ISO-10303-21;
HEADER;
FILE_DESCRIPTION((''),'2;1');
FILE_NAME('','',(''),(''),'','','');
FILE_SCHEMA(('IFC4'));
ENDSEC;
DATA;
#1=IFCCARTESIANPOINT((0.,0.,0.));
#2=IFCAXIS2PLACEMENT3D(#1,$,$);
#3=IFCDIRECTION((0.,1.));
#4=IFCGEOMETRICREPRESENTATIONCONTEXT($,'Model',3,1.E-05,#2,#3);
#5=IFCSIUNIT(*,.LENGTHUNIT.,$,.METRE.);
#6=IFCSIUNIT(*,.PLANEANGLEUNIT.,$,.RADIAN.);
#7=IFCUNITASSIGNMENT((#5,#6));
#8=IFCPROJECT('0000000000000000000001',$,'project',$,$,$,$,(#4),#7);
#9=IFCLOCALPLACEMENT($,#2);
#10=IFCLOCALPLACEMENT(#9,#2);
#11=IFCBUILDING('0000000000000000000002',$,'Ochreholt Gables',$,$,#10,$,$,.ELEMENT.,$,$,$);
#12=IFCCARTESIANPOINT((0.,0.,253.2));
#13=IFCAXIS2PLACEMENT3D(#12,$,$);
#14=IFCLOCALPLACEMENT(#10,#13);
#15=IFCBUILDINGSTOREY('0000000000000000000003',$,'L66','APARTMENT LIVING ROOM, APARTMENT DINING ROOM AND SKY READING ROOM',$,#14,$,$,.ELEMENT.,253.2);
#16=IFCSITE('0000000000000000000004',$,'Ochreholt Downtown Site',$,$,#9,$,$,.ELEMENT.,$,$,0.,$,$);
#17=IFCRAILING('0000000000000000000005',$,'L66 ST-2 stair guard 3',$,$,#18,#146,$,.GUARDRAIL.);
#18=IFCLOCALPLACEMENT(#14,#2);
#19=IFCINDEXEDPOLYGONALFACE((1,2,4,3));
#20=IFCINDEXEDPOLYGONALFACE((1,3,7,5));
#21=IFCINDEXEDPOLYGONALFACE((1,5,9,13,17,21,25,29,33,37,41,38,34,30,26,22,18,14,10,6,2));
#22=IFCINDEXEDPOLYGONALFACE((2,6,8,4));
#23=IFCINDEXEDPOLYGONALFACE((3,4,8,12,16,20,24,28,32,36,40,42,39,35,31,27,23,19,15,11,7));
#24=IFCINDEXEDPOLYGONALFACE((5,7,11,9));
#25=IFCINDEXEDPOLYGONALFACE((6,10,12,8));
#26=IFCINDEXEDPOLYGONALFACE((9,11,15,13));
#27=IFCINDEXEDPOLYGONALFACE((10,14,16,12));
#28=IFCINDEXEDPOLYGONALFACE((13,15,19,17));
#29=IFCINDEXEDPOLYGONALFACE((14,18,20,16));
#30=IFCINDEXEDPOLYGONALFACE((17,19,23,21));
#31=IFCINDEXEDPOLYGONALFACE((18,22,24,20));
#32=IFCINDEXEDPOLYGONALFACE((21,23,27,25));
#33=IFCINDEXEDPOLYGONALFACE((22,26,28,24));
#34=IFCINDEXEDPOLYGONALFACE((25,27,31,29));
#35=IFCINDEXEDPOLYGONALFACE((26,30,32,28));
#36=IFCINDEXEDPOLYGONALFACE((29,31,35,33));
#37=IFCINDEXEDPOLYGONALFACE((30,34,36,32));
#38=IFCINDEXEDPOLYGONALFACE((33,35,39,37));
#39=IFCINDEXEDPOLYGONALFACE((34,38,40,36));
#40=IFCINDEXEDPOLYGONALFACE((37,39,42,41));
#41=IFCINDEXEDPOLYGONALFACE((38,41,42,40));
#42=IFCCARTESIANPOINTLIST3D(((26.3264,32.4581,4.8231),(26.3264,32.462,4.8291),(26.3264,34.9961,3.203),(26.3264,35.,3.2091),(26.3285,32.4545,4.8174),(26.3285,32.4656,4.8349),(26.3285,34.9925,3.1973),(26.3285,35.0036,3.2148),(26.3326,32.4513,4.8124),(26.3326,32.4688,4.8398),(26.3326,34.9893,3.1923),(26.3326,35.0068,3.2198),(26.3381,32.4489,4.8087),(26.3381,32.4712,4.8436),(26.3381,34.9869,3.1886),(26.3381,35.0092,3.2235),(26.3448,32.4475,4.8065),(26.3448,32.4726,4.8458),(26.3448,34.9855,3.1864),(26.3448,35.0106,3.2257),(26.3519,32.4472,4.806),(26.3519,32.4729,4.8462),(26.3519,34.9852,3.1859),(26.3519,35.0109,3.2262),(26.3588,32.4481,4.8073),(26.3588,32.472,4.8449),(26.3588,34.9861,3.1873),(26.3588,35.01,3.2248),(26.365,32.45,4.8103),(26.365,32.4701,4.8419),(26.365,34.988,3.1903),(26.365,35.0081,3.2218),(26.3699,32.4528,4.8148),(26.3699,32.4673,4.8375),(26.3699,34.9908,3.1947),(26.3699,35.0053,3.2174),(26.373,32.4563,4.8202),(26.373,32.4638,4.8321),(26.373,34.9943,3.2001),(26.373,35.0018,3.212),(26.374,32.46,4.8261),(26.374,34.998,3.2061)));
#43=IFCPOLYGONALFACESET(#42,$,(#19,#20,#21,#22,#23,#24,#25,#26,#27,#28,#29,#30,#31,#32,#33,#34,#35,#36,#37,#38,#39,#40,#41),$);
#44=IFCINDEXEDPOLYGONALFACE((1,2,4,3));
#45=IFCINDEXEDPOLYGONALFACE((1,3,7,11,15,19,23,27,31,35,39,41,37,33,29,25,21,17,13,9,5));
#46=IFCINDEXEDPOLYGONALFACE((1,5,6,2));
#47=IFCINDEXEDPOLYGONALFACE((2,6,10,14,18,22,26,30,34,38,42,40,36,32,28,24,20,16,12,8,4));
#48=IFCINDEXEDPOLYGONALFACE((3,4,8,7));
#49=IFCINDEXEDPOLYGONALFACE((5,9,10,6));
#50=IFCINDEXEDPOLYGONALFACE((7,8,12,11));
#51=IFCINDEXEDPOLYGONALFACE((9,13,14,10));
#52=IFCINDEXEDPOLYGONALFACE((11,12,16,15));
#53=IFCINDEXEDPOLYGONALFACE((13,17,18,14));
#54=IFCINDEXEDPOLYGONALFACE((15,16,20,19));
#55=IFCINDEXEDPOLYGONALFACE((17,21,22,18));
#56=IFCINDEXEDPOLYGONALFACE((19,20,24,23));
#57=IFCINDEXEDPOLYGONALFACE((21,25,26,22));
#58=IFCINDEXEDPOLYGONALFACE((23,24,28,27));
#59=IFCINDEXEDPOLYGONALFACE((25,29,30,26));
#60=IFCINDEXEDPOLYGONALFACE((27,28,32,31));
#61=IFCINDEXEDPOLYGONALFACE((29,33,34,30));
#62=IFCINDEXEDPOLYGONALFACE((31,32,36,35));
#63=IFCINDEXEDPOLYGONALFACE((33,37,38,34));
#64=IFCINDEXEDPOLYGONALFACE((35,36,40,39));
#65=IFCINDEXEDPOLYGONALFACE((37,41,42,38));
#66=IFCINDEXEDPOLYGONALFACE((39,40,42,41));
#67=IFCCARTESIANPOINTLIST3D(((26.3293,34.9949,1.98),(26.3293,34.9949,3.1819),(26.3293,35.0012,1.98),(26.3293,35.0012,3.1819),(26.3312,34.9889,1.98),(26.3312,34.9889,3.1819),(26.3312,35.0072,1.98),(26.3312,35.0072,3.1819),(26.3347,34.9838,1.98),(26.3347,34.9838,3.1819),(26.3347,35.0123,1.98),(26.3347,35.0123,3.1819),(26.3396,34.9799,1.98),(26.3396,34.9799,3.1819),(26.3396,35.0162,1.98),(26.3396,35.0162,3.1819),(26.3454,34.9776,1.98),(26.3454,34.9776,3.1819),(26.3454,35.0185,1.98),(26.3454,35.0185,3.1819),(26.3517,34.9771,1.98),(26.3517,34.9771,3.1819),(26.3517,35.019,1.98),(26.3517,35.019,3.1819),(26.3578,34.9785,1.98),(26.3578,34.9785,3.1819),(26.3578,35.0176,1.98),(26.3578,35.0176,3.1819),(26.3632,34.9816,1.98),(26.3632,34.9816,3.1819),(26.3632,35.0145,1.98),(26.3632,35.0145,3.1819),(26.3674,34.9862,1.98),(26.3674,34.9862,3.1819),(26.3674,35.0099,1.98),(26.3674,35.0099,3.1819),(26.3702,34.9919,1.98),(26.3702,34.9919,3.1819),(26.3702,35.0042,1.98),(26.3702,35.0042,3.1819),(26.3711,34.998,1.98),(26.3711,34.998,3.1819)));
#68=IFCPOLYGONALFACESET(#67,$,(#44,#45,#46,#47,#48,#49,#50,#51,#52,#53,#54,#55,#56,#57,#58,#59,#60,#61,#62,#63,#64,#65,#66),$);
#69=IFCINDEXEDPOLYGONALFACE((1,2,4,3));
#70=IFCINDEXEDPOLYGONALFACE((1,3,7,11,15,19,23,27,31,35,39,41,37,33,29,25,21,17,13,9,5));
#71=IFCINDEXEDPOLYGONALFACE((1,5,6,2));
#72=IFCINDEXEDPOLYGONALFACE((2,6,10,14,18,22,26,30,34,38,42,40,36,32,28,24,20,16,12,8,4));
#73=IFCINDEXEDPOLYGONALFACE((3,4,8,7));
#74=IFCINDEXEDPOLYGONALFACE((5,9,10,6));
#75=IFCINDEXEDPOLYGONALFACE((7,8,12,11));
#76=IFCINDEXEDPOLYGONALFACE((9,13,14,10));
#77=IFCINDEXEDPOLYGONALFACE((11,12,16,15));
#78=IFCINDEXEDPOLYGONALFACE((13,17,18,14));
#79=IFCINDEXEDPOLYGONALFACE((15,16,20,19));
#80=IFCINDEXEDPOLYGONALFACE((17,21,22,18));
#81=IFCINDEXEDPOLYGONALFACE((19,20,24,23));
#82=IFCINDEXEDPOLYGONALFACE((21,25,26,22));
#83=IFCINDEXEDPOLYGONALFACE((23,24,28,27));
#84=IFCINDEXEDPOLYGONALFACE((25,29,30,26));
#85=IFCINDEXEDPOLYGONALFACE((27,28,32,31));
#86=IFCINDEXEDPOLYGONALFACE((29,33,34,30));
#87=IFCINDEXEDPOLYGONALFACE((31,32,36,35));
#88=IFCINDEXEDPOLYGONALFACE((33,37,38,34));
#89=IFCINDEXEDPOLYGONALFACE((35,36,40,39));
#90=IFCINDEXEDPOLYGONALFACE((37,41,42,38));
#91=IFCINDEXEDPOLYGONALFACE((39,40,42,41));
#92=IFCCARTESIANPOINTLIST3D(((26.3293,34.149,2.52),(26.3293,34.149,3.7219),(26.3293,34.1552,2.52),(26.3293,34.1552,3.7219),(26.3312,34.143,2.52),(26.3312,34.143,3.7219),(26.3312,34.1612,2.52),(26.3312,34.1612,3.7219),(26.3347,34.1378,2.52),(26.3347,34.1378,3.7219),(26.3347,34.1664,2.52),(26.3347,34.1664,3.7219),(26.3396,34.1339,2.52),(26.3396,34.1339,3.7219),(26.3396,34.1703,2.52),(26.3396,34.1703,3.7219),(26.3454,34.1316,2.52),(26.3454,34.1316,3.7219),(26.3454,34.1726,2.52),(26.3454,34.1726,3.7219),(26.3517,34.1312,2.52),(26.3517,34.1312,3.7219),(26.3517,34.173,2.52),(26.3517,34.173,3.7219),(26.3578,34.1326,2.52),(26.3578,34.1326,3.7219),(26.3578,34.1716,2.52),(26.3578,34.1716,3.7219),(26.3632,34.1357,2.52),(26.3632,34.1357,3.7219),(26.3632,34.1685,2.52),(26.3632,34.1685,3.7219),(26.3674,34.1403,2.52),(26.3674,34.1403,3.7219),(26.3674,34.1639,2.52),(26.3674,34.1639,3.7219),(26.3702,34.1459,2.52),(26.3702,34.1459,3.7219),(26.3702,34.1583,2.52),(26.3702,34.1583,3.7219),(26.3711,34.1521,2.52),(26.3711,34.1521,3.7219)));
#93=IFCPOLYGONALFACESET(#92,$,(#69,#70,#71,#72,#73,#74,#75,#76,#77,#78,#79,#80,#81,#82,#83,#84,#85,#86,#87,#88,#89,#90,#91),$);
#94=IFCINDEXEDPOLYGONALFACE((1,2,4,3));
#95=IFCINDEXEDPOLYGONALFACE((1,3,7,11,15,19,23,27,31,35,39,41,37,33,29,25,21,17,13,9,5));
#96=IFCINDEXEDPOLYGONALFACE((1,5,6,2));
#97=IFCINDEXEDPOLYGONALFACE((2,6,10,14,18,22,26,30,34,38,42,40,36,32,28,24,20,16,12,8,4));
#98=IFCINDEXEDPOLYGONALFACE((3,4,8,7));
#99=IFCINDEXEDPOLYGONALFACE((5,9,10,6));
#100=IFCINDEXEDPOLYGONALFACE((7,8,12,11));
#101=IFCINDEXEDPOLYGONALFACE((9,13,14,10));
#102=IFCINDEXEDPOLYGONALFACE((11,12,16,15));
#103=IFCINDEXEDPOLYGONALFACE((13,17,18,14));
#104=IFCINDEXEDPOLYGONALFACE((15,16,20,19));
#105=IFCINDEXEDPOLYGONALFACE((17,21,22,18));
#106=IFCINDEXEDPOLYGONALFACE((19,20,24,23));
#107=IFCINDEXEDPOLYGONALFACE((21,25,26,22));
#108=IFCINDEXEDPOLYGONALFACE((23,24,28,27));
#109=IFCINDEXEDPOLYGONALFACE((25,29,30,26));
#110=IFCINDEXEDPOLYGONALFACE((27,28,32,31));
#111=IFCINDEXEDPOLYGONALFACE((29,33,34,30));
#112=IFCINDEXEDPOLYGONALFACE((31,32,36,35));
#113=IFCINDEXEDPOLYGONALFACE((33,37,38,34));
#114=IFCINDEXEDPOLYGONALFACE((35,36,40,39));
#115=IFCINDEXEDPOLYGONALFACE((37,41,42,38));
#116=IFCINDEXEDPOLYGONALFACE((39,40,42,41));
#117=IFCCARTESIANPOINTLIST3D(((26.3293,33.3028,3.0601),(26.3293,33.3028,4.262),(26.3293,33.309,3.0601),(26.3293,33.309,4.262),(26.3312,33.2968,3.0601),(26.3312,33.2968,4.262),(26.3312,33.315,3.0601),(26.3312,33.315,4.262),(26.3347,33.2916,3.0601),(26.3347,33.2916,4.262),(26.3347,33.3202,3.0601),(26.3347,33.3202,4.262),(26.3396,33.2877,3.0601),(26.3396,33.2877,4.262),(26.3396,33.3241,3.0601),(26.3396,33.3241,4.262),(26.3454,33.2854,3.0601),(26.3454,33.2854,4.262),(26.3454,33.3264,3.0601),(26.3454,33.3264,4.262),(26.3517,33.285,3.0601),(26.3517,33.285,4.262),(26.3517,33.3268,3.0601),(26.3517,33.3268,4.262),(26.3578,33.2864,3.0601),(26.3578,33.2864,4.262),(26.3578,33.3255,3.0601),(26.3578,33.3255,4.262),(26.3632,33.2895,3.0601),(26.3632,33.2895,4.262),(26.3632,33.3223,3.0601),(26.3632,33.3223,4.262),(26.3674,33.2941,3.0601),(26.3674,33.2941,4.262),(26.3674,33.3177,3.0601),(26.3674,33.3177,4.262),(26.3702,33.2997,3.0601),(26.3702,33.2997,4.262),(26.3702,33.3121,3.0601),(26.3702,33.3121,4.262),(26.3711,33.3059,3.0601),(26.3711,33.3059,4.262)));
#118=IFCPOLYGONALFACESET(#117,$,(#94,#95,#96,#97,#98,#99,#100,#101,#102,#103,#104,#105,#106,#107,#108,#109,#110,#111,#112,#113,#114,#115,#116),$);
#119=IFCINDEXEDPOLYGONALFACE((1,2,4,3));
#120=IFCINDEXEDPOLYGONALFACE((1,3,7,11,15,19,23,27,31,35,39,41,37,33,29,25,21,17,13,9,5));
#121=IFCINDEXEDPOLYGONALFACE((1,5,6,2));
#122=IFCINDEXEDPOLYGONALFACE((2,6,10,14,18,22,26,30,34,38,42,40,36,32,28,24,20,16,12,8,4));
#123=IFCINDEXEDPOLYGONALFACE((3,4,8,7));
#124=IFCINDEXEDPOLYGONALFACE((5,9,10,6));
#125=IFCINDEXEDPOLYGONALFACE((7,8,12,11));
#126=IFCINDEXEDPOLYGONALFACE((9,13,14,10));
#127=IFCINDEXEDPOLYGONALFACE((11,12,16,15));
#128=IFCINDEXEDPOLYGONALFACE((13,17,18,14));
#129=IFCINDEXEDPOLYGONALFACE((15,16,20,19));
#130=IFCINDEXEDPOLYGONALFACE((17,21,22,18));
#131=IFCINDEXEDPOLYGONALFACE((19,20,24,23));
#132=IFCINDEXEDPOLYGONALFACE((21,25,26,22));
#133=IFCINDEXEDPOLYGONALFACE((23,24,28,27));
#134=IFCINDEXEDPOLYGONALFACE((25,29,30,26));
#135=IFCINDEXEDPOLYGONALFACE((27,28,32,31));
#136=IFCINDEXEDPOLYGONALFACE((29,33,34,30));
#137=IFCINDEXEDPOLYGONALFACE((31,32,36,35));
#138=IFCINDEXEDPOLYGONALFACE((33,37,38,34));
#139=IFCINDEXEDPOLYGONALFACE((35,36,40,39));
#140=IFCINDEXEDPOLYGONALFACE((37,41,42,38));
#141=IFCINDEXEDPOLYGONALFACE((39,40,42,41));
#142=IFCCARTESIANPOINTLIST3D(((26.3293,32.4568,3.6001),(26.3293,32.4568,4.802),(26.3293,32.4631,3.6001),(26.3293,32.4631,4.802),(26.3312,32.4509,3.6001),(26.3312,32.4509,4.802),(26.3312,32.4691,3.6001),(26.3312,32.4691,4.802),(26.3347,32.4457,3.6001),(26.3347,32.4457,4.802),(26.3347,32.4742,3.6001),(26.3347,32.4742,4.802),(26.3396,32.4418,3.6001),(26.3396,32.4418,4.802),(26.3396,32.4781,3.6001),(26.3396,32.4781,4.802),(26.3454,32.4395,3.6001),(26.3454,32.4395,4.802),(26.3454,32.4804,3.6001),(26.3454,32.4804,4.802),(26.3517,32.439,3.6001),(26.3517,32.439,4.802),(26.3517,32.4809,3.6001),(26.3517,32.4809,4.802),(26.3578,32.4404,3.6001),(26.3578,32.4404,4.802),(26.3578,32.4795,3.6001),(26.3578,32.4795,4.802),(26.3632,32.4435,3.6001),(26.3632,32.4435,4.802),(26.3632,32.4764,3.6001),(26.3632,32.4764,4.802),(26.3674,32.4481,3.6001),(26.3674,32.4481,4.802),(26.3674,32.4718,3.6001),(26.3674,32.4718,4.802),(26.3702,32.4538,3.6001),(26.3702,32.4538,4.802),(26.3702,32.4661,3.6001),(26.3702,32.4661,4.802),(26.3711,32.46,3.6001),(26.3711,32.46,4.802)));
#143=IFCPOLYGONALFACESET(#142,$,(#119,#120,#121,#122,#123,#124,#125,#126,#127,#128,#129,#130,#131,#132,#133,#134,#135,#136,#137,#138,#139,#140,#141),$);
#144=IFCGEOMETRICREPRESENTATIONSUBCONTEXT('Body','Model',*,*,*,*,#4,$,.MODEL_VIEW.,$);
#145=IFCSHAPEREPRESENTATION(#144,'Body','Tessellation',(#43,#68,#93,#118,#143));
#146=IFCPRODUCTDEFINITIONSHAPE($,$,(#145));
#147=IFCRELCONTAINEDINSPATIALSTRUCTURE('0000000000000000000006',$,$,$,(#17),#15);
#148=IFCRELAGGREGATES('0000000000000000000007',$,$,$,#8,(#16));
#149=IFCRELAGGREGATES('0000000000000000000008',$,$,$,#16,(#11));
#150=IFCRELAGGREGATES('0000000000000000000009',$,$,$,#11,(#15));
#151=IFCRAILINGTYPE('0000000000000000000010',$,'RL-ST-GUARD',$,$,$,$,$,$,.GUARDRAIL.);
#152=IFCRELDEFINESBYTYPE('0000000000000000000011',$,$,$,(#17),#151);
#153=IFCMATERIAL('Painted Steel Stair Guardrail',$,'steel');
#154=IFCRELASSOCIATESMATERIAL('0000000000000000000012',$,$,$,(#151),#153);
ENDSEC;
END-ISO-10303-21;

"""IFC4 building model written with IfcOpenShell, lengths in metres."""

from ifc_helpers import new_model, si_unit, direction, frame, origin, origin_2d, place, context, subcontext, project, spatial, circle, extrude, material, type_object, element, save


model = new_model("IFC4")

# Units and contexts
model_context = context("Model", 3, precision=1e-05, world=origin(), true_north=direction((0.0, 1.0)))
body_context = subcontext(model_context, "Body", "Model", "MODEL_VIEW")
ifc_project = project(units=[si_unit("LENGTHUNIT", "METRE"), si_unit("PLANEANGLEUNIT", "RADIAN")], contexts=[model_context])

# Site, building, storey
site_placement = place(None, origin())
site = spatial("IfcSite", under=ifc_project, at=site_placement, Name="Ochreholt Downtown Site", CompositionType="ELEMENT", RefElevation=0.0)
building_placement = place(site_placement, origin())
building = spatial("IfcBuilding", under=site, at=building_placement, Name="Ochreholt Gables", CompositionType="ELEMENT")
storey_placement = place(building_placement, frame((0.0, 0.0, 253.2)))
storey = spatial("IfcBuildingStorey", under=building, at=storey_placement, Name="L66", Description="APARTMENT LIVING ROOM, APARTMENT DINING ROOM AND SKY READING ROOM", CompositionType="ELEMENT", Elevation=253.2)

# Railing
ifc_material_1 = material(Name="Painted Steel Stair Guardrail", Category="steel")
railing_type_1 = type_object("IfcRailingType", Name="RL-ST-GUARD", PredefinedType="GUARDRAIL", material=ifc_material_1)
railing_1_placement = place(storey_placement, frame((26.3501, 34.998, 1.98)))
element("IfcRailing", 1, at=railing_1_placement, inside=storey, type_object=railing_type_1, Name="L66 ST-2 stair guard 3", PredefinedType="GUARDRAIL", context=body_context, shape_type="SweptSolid", body=[
    extrude(circle(Radius=0.0239, at=origin_2d()), frame((0.0, 0.0, 1.2261), z_axis=(0.0, -0.842913, 0.53805), x_axis=(1.0, 0.0, 0.0)), (0.0, 0.0, 1.0), 3.011),
    extrude(circle(Radius=0.021, at=origin_2d()), origin(), (0.0, 0.0, 1.0), 1.2019),
    extrude(circle(Radius=0.021, at=origin_2d()), frame((0.0, -0.8459, 0.54)), (0.0, 0.0, 1.0), 1.2019),
    extrude(circle(Radius=0.021, at=origin_2d()), frame((0.0, -1.6921, 1.0801)), (0.0, 0.0, 1.0), 1.2019),
    extrude(circle(Radius=0.021, at=origin_2d()), frame((0.0, -2.5381, 1.6201)), (0.0, 0.0, 1.0), 1.2019),
])

save(model, "model.ifc")
